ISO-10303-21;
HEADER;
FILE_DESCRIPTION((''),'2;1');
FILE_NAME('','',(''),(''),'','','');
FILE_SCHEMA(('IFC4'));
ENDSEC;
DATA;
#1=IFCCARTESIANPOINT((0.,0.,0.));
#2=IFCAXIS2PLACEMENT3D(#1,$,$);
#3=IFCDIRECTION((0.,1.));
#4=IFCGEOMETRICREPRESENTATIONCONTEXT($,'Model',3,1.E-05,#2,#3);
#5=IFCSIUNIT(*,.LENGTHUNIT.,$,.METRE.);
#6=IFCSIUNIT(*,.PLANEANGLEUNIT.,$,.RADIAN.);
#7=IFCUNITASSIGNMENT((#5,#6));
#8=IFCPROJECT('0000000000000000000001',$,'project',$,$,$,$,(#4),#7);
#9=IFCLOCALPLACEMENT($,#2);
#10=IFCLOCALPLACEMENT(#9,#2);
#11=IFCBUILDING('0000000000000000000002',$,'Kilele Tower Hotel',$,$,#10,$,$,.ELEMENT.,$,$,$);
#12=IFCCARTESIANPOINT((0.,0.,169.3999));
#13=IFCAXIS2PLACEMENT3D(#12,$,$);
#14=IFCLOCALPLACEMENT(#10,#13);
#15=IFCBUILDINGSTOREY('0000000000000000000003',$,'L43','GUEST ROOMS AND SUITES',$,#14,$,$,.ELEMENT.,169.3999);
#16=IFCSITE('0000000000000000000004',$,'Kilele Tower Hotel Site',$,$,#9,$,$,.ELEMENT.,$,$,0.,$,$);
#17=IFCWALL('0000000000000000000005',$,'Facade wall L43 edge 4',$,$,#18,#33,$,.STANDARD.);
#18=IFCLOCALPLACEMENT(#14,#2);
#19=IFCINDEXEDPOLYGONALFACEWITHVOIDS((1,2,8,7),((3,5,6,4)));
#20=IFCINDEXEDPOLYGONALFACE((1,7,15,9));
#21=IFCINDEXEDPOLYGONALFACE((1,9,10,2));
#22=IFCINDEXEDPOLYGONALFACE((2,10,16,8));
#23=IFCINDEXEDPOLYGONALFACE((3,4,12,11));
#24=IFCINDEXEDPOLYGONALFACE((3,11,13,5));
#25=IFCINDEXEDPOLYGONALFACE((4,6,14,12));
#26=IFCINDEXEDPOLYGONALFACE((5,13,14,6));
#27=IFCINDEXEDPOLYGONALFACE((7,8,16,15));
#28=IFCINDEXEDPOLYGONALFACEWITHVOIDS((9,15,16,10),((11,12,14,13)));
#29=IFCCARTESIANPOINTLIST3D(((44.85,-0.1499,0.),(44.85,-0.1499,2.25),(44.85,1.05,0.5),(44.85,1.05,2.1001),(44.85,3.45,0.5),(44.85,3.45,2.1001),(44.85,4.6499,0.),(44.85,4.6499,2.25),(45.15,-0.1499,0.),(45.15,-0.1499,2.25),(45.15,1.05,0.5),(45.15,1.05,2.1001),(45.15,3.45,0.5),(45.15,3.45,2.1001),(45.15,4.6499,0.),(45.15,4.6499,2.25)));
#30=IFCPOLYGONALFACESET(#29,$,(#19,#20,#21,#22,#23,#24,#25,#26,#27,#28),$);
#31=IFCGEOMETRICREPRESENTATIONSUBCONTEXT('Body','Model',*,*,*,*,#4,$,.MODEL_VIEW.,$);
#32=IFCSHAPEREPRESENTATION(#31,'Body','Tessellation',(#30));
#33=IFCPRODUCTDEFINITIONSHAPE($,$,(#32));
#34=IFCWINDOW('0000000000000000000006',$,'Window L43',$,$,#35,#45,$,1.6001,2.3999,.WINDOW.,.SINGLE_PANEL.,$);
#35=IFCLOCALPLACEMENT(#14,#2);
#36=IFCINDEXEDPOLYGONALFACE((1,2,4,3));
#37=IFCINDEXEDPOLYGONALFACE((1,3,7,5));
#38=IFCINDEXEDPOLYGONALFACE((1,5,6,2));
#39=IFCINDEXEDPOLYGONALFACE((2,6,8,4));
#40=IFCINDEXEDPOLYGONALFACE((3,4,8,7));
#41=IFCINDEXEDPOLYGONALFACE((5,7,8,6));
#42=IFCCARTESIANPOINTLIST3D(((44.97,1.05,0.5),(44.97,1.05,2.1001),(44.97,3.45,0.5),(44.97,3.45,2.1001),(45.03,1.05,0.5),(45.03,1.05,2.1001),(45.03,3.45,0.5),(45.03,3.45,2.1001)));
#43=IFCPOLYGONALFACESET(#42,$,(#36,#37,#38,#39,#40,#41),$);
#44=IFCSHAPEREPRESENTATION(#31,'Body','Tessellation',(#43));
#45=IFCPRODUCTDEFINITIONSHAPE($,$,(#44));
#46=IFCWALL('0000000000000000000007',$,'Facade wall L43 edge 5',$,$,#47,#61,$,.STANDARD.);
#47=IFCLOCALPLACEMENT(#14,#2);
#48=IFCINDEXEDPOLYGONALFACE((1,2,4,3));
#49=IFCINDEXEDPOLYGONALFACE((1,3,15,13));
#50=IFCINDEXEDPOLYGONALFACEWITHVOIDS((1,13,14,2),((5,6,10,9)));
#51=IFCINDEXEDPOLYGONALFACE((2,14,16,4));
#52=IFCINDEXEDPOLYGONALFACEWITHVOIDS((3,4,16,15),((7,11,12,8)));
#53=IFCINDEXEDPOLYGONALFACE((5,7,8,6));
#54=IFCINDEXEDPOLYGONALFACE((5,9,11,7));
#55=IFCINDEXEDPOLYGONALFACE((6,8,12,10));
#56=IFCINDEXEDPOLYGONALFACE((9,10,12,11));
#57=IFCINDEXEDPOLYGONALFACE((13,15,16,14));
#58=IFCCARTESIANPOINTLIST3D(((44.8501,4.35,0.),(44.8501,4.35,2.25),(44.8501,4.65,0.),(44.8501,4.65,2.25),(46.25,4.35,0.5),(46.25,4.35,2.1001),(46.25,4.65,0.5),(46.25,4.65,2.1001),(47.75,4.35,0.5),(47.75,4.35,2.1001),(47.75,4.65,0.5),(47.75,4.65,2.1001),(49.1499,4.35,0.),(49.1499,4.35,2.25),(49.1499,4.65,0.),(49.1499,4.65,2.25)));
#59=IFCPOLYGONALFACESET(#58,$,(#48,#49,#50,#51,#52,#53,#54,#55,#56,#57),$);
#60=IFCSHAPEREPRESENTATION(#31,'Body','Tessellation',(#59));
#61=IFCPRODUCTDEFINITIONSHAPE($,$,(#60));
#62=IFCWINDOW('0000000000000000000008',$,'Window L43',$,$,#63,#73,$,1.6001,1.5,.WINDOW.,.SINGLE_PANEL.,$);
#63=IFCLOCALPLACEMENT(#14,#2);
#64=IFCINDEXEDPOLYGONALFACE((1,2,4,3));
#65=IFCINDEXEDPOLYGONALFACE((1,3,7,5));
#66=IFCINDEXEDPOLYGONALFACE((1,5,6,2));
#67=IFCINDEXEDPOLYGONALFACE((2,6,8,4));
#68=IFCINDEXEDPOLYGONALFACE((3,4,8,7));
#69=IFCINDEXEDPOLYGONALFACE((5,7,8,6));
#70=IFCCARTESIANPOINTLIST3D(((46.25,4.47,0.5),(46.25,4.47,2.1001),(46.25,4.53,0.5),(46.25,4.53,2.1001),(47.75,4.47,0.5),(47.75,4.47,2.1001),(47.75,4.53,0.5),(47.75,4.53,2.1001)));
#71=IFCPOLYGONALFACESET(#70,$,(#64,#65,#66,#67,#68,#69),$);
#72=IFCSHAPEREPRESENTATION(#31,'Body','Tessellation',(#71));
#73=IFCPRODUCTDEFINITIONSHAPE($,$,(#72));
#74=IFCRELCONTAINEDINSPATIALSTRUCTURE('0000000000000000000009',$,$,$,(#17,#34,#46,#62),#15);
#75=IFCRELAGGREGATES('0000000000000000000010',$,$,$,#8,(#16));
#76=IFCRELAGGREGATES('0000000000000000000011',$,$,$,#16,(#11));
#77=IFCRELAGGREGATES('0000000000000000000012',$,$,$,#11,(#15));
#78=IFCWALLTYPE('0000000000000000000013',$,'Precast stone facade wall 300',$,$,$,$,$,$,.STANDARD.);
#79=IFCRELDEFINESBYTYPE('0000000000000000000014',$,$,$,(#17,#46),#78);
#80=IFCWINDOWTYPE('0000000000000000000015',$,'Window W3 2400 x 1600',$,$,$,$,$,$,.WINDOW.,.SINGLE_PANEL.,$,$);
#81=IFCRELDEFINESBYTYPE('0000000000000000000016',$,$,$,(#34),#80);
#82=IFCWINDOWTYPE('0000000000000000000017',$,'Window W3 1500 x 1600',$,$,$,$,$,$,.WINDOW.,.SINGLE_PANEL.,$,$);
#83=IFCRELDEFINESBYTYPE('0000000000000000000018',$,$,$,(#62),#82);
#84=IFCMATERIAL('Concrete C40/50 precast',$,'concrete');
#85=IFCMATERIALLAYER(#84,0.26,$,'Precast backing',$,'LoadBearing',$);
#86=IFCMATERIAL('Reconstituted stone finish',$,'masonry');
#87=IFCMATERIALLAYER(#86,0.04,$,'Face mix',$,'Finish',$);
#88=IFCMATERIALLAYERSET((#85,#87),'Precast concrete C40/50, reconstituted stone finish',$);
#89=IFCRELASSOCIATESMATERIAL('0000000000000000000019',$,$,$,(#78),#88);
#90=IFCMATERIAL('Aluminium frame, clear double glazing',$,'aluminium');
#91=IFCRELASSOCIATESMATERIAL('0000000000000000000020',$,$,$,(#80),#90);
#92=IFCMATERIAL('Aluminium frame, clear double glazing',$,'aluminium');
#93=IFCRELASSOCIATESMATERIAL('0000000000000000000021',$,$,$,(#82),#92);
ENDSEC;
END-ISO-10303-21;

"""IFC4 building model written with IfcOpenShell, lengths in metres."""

from ifc_helpers import new_model, si_unit, direction, frame, frame_2d, origin, place, context, subcontext, project, spatial, rectangle, extrude, material, layer, layer_set, type_object, element, fill, save


model = new_model("IFC4")

# Units and contexts
model_context = context("Model", 3, precision=1e-05, world=origin(), true_north=direction((0.0, 1.0)))
body_context = subcontext(model_context, "Body", "Model", "MODEL_VIEW")
ifc_project = project(units=[si_unit("LENGTHUNIT", "METRE"), si_unit("PLANEANGLEUNIT", "RADIAN")], contexts=[model_context])

# Site, building, storey
site_placement = place(None, origin())
site = spatial("IfcSite", under=ifc_project, at=site_placement, Name="Kilele Tower Hotel Site", CompositionType="ELEMENT", RefElevation=0.0)
building_placement = place(site_placement, origin())
building = spatial("IfcBuilding", under=site, at=building_placement, Name="Kilele Tower Hotel", CompositionType="ELEMENT")
storey_placement = place(building_placement, frame((0.0, 0.0, 169.3999)))
storey = spatial("IfcBuildingStorey", under=building, at=storey_placement, Name="L43", Description="GUEST ROOMS AND SUITES", CompositionType="ELEMENT", Elevation=169.3999)

# Walls, openings, windows
ifc_material_1 = material(Name="Concrete C40/50 precast", Category="concrete")
ifc_layer_1 = layer(ifc_material_1, 0.26, Name="Precast backing", Category="LoadBearing")
ifc_material_2 = material(Name="Reconstituted stone finish", Category="masonry")
ifc_layer_2 = layer(ifc_material_2, 0.04, Name="Face mix", Category="Finish")
ifc_layer_set_1 = layer_set([ifc_layer_1, ifc_layer_2], Name="Precast concrete C40/50, reconstituted stone finish")
wall_type_1 = type_object("IfcWallType", Name="Precast stone facade wall 300", PredefinedType="STANDARD", material=ifc_layer_set_1)
wall_1_placement = place(storey_placement, frame((45.0, -0.1499, 0.0), z_axis=(0.0, 0.0, 1.0), x_axis=(0.0, 1.0, 0.0)))
wall_1 = element("IfcWall", 1, at=wall_1_placement, inside=storey, type_object=wall_type_1, Name="Facade wall L43 edge 4", PredefinedType="STANDARD", context=body_context, shape_type="SweptSolid", body=[
    extrude(rectangle(XDim=4.7998, YDim=0.3, at=frame_2d((2.3999, 0.0))), origin(), (0.0, 0.0, 1.0), 2.25),
])
opening_1_placement = place(wall_1_placement, frame((1.2, 0.0, 0.5)))
opening_1 = element("IfcOpeningElement", 2, at=opening_1_placement, cuts=wall_1, PredefinedType="OPENING", context=body_context, shape_type="SweptSolid", body=[
    extrude(rectangle(XDim=2.3999, YDim=1.6001, at=frame_2d((1.2, 0.8))), frame((0.0, 0.1599, 0.0), z_axis=(0.0, -1.0, 0.0), x_axis=(1.0, 0.0, 0.0)), (0.0, 0.0, 1.0), 0.3201),
])
ifc_material_3 = material(Name="Aluminium frame, clear double glazing", Category="aluminium")
window_type_1 = type_object("IfcWindowType", Name="Window W3 2400 x 1600", PartitioningType="SINGLE_PANEL", PredefinedType="WINDOW", material=ifc_material_3)
window_1_placement = place(opening_1_placement, origin())
window_1 = element("IfcWindow", 3, at=window_1_placement, inside=storey, type_object=window_type_1, Name="Window L43", OverallHeight=1.6001, OverallWidth=2.3999, PartitioningType="SINGLE_PANEL", PredefinedType="WINDOW", context=body_context, shape_type="SweptSolid", body=[
    extrude(rectangle(XDim=2.3999, YDim=1.6001, at=frame_2d((1.2, 0.8))), frame((0.0, 0.03, 0.0), z_axis=(0.0, -1.0, 0.0), x_axis=(1.0, 0.0, 0.0)), (0.0, 0.0, 1.0), 0.0601),
])
fill(opening_1, window_1)
wall_2_placement = place(storey_placement, frame((44.8501, 4.5, 0.0), z_axis=(0.0, 0.0, 1.0), x_axis=(1.0, 0.0, 0.0)))
wall_2 = element("IfcWall", 4, at=wall_2_placement, inside=storey, type_object=wall_type_1, Name="Facade wall L43 edge 5", PredefinedType="STANDARD", context=body_context, shape_type="SweptSolid", body=[
    extrude(rectangle(XDim=4.2998, YDim=0.3, at=frame_2d((2.1499, 0.0))), origin(), (0.0, 0.0, 1.0), 2.25),
])
opening_2_placement = place(wall_2_placement, frame((1.3999, 0.0, 0.5)))
opening_2 = element("IfcOpeningElement", 5, at=opening_2_placement, cuts=wall_2, PredefinedType="OPENING", context=body_context, shape_type="SweptSolid", body=[
    extrude(rectangle(XDim=1.5, YDim=1.6001, at=frame_2d((0.75, 0.8))), frame((0.0, 0.1599, 0.0), z_axis=(0.0, -1.0, 0.0), x_axis=(1.0, 0.0, 0.0)), (0.0, 0.0, 1.0), 0.3201),
])
ifc_material_4 = material(Name="Aluminium frame, clear double glazing", Category="aluminium")
window_type_2 = type_object("IfcWindowType", Name="Window W3 1500 x 1600", PartitioningType="SINGLE_PANEL", PredefinedType="WINDOW", material=ifc_material_4)
window_2_placement = place(opening_2_placement, origin())
window_2 = element("IfcWindow", 6, at=window_2_placement, inside=storey, type_object=window_type_2, Name="Window L43", OverallHeight=1.6001, OverallWidth=1.5, PartitioningType="SINGLE_PANEL", PredefinedType="WINDOW", context=body_context, shape_type="SweptSolid", body=[
    extrude(rectangle(XDim=1.5, YDim=1.6001, at=frame_2d((0.75, 0.8))), frame((0.0, 0.03, 0.0), z_axis=(0.0, -1.0, 0.0), x_axis=(1.0, 0.0, 0.0)), (0.0, 0.0, 1.0), 0.0601),
])
fill(opening_2, window_2)

save(model, "model.ifc")
